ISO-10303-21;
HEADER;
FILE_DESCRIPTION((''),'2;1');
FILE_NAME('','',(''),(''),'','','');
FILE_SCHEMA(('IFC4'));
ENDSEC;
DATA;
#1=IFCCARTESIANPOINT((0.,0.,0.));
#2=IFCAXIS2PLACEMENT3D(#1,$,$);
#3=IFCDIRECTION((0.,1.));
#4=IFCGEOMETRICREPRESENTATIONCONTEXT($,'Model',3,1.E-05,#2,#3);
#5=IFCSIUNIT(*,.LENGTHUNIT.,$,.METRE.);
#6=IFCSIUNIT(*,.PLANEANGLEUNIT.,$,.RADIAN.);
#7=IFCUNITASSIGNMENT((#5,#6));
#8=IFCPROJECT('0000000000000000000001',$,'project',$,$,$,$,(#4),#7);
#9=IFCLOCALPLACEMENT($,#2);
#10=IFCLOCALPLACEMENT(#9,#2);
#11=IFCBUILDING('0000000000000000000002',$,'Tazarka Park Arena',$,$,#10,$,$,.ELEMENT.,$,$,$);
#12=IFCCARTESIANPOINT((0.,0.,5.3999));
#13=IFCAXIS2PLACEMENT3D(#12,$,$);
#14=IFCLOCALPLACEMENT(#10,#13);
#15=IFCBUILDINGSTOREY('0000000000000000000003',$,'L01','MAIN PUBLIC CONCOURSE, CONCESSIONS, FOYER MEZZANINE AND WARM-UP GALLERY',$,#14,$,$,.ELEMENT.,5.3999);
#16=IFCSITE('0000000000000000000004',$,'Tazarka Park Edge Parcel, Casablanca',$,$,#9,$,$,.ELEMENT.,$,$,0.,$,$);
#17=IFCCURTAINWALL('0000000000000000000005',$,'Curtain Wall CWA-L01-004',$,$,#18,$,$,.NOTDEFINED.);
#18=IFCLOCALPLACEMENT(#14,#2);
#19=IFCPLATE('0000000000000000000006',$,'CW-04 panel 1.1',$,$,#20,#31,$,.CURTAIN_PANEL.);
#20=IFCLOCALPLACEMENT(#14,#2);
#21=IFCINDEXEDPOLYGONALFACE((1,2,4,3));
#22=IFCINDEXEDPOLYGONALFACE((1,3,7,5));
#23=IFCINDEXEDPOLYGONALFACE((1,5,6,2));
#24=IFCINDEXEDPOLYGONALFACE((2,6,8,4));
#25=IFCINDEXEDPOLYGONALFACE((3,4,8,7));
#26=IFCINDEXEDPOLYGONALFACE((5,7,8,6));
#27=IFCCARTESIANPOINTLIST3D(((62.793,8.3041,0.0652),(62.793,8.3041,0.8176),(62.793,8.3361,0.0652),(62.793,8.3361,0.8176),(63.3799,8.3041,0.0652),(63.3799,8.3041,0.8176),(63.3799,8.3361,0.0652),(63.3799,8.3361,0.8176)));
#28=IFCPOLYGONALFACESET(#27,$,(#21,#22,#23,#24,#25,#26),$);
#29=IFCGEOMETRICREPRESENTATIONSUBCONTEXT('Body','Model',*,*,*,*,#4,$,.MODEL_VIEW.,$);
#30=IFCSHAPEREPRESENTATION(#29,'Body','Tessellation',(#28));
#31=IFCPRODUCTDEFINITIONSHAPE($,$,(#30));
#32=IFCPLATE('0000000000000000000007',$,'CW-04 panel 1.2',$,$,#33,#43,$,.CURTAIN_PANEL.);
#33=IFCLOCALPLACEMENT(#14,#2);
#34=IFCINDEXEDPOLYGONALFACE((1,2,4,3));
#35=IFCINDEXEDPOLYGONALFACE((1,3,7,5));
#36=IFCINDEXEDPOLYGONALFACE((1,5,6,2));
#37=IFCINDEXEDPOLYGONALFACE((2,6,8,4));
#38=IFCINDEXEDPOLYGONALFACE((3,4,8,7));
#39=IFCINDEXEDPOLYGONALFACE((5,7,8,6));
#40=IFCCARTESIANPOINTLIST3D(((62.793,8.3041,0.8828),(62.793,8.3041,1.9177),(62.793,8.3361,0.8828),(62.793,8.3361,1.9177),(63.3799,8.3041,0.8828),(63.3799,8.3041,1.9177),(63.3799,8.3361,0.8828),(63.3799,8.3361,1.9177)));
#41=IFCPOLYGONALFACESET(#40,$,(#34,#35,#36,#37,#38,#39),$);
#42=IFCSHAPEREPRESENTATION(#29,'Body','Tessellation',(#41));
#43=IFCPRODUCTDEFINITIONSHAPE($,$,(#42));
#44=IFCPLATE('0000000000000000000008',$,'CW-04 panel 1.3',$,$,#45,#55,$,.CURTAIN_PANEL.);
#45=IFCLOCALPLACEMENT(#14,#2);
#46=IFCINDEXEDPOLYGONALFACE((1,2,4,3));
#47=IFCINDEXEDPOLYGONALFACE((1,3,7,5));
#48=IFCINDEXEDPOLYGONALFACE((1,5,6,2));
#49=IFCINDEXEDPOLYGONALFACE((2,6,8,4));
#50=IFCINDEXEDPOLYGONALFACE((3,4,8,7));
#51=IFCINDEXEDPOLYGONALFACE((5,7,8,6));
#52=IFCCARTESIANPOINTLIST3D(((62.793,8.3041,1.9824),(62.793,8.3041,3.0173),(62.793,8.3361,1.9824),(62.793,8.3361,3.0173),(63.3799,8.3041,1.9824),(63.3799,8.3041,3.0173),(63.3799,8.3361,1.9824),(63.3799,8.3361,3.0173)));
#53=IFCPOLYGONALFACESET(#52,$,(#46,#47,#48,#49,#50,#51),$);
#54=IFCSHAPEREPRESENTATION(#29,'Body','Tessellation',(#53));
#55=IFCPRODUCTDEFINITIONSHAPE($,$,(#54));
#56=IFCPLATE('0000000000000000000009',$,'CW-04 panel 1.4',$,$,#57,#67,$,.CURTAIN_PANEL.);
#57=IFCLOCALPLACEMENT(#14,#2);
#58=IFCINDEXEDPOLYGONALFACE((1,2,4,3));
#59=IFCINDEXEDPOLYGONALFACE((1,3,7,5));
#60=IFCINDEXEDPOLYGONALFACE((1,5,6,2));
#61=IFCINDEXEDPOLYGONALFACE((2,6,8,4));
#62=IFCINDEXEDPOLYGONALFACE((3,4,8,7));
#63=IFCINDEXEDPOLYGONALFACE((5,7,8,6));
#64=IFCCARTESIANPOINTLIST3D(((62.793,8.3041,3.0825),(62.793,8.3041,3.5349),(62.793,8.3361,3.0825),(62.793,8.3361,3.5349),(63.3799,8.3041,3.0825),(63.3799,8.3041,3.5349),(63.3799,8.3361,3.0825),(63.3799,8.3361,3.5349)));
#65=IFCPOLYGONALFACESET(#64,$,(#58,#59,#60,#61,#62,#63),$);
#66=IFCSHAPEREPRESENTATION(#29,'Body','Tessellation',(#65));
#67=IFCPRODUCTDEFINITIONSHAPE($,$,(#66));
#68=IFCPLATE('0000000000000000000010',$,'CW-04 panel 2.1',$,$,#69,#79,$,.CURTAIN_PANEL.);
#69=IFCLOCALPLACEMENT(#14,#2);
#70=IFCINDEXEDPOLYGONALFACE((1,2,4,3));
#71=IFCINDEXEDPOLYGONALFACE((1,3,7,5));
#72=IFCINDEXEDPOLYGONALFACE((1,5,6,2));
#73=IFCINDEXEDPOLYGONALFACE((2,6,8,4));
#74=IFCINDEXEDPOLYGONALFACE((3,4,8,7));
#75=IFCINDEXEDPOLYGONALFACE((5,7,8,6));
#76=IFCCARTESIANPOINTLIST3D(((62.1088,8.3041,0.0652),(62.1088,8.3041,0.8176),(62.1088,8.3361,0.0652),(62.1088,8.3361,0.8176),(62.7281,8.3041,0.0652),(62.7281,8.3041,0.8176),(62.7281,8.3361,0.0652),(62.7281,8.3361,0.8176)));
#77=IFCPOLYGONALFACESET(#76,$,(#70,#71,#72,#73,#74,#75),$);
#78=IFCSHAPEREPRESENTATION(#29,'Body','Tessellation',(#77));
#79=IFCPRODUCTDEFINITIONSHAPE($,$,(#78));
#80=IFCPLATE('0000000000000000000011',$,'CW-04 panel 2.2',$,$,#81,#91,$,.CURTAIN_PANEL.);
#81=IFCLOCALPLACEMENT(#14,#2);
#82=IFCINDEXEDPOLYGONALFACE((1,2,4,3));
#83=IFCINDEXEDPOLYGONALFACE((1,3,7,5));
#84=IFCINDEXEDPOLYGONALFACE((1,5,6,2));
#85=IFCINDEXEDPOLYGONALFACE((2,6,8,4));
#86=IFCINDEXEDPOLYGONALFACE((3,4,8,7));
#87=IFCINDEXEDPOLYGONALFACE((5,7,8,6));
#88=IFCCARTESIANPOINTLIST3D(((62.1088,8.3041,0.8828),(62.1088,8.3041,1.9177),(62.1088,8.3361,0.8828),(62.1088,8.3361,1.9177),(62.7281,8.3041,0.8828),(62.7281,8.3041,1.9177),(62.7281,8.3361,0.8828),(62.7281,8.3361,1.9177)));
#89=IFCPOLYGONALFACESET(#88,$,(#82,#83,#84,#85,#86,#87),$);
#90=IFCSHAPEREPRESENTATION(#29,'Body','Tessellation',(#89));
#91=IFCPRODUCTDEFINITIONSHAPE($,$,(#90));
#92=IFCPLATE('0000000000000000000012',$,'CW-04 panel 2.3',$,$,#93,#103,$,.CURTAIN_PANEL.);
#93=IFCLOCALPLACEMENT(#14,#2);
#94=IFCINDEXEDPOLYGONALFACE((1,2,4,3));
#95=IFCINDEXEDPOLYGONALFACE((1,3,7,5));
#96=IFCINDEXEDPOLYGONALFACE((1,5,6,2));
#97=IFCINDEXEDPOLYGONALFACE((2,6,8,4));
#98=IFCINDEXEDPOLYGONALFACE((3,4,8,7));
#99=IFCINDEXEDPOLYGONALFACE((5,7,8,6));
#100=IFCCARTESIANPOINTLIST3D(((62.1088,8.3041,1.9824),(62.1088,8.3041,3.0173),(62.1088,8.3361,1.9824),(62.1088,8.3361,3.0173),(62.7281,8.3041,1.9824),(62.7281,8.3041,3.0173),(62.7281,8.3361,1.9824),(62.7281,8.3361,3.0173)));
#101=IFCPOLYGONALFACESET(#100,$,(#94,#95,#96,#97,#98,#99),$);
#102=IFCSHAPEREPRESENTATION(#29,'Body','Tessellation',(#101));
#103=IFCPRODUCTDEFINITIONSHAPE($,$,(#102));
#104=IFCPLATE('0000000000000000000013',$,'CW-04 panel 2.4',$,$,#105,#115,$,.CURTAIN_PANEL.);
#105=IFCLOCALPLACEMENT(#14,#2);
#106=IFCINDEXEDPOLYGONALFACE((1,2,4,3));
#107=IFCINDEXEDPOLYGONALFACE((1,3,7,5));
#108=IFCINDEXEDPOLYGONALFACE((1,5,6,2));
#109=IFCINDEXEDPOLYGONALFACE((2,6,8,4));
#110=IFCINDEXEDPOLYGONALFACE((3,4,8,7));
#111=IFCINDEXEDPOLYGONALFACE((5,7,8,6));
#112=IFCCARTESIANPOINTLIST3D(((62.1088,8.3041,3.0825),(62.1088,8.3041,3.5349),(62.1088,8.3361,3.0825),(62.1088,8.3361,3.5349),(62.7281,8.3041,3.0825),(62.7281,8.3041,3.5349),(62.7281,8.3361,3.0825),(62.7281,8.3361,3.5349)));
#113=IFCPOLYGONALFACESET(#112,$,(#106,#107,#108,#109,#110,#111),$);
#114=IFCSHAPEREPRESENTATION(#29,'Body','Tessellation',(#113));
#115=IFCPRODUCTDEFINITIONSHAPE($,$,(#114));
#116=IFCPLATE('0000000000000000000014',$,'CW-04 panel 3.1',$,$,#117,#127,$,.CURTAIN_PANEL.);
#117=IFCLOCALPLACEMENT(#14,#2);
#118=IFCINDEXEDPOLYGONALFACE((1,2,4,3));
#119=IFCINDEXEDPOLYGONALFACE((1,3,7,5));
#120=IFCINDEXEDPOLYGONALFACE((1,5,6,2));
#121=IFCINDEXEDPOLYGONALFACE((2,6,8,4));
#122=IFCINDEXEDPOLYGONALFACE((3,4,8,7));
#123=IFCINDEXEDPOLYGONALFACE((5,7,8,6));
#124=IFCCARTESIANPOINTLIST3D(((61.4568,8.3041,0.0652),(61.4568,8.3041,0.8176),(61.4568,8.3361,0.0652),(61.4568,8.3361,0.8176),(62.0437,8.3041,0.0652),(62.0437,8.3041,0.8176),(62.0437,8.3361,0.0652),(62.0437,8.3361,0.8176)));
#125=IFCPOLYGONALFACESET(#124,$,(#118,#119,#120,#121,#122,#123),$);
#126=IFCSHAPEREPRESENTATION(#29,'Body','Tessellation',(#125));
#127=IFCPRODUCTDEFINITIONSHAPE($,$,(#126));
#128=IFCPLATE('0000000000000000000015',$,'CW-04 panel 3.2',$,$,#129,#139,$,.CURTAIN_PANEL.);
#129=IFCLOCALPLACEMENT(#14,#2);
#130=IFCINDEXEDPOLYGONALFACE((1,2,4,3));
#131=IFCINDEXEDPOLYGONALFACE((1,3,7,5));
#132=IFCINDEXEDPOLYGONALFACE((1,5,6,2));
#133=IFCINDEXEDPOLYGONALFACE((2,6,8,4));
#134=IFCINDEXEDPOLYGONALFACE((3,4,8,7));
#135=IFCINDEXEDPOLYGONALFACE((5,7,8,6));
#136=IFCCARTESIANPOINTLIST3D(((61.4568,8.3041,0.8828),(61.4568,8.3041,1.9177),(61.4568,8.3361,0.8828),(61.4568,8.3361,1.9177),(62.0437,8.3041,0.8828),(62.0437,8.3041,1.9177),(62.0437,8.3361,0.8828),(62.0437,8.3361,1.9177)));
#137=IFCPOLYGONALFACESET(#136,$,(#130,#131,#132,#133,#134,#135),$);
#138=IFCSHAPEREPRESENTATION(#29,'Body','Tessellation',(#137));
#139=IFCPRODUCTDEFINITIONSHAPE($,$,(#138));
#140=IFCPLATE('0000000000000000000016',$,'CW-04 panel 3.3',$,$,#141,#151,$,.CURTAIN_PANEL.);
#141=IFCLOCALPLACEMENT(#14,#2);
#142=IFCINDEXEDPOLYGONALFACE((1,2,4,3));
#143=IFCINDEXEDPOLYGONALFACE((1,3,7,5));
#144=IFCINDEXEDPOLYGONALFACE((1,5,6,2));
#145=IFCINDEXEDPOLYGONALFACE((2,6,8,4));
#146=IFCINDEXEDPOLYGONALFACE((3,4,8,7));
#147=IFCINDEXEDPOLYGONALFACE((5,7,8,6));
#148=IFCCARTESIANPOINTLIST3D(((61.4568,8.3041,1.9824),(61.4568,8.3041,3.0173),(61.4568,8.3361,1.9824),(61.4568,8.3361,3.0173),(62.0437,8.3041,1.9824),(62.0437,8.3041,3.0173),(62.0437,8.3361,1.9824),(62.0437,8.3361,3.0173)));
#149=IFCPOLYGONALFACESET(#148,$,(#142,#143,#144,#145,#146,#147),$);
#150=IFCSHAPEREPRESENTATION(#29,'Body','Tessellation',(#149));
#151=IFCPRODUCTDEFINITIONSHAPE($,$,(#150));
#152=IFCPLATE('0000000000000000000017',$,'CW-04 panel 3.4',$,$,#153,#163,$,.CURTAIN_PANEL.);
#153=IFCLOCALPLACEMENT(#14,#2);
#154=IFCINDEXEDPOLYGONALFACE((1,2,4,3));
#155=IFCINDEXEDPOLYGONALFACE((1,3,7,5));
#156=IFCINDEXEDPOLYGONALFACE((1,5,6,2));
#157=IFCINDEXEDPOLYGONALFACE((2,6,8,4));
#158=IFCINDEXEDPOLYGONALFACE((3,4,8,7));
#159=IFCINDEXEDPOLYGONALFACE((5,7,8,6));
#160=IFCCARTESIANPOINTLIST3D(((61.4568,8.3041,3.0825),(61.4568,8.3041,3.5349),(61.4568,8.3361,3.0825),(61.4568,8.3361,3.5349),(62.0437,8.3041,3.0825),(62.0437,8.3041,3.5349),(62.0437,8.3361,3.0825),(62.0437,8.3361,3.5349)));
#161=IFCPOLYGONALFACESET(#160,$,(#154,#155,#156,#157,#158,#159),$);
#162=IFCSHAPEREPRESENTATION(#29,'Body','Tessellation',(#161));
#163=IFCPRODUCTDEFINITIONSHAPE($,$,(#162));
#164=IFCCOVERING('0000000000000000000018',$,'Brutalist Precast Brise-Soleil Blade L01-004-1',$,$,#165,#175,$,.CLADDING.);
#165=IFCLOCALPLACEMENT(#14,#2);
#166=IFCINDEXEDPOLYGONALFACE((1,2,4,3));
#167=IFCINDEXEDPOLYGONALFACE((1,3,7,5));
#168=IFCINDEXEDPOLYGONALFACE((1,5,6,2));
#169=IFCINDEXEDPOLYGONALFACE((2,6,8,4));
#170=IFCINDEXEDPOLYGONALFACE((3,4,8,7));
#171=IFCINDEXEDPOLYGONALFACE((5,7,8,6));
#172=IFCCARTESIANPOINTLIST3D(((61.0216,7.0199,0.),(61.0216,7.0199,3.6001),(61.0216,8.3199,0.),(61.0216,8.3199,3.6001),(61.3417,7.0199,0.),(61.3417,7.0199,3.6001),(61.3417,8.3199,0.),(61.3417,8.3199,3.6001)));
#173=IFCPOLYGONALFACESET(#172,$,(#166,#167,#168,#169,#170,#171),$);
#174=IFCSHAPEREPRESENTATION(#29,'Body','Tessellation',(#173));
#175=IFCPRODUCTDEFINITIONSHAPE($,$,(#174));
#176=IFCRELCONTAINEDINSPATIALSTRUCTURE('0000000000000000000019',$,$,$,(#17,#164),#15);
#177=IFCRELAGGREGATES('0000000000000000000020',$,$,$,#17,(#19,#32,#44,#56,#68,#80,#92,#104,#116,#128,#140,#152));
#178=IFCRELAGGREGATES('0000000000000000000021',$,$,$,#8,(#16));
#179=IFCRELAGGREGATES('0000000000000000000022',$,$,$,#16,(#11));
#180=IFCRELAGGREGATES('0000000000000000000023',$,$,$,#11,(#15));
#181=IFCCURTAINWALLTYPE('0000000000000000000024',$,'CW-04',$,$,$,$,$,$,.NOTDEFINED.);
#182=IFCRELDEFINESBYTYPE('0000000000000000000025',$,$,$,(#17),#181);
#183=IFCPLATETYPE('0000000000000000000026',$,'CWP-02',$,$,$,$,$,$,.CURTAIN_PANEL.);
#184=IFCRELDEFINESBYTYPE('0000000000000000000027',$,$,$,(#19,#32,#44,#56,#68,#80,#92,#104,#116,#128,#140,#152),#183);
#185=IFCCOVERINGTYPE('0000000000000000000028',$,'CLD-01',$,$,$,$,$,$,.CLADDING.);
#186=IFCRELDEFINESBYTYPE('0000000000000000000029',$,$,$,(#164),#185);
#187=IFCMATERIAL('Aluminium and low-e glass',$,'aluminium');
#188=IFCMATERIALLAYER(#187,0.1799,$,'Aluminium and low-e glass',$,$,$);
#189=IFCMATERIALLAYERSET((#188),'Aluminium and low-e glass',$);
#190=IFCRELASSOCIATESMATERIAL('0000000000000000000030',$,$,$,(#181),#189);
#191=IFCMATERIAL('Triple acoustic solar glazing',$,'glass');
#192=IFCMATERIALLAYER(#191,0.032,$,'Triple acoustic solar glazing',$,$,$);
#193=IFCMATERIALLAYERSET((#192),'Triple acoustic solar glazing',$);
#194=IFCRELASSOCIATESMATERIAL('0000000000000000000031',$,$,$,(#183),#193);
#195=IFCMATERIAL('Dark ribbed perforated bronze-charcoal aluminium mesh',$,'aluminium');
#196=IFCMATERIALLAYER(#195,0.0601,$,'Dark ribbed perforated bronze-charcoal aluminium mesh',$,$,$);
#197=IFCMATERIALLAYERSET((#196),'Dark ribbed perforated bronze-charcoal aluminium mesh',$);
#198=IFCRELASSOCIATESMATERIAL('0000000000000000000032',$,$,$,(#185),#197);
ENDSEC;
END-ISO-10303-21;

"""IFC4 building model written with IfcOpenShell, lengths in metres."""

from ifc_helpers import new_model, si_unit, direction, frame, origin, origin_2d, place, context, subcontext, project, spatial, rectangle, extrude, material, layer, layer_set, type_object, element, aggregate, save


model = new_model("IFC4")

# Units and contexts
model_context = context("Model", 3, precision=1e-05, world=origin(), true_north=direction((0.0, 1.0)))
body_context = subcontext(model_context, "Body", "Model", "MODEL_VIEW")
ifc_project = project(units=[si_unit("LENGTHUNIT", "METRE"), si_unit("PLANEANGLEUNIT", "RADIAN")], contexts=[model_context])

# Site, building, storey
site_placement = place(None, origin())
site = spatial("IfcSite", under=ifc_project, at=site_placement, Name="Tazarka Park Edge Parcel, Casablanca", CompositionType="ELEMENT", RefElevation=0.0)
building_placement = place(site_placement, origin())
building = spatial("IfcBuilding", under=site, at=building_placement, Name="Tazarka Park Arena", CompositionType="ELEMENT")
storey_placement = place(building_placement, frame((0.0, 0.0, 5.3999)))
storey = spatial("IfcBuildingStorey", under=building, at=storey_placement, Name="L01", Description="MAIN PUBLIC CONCOURSE, CONCESSIONS, FOYER MEZZANINE AND WARM-UP GALLERY", CompositionType="ELEMENT", Elevation=5.3999)

# Curtain wall, plates
ifc_material_1 = material(Name="Aluminium and low-e glass", Category="aluminium")
ifc_layer_1 = layer(ifc_material_1, 0.1799, Name="Aluminium and low-e glass")
ifc_layer_set_1 = layer_set([ifc_layer_1], Name="Aluminium and low-e glass")
curtain_wall_type = type_object("IfcCurtainWallType", Name="CW-04", PredefinedType="NOTDEFINED", material=ifc_layer_set_1)
curtain_wall_placement = place(storey_placement, origin())
curtain_wall = element("IfcCurtainWall", 1, at=curtain_wall_placement, inside=storey, type_object=curtain_wall_type, Name="Curtain Wall CWA-L01-004", PredefinedType="NOTDEFINED")
ifc_material_2 = material(Name="Triple acoustic solar glazing", Category="glass")
ifc_layer_2 = layer(ifc_material_2, 0.032, Name="Triple acoustic solar glazing")
ifc_layer_set_2 = layer_set([ifc_layer_2], Name="Triple acoustic solar glazing")
plate_type = type_object("IfcPlateType", Name="CWP-02", PredefinedType="CURTAIN_PANEL", material=ifc_layer_set_2)
plate_1_placement = place(storey_placement, frame((63.0864, 8.3201, 0.0652), z_axis=(0.0, 0.0, 1.0), x_axis=(-1.0, 0.0, 0.0)))
plate_1 = element("IfcPlate", 2, at=plate_1_placement, type_object=plate_type, Name="CW-04 panel 1.1", PredefinedType="CURTAIN_PANEL", context=body_context, shape_type="SweptSolid", body=[
    extrude(rectangle(XDim=0.5869, YDim=0.032, at=origin_2d()), origin(), (0.0, 0.0, 1.0), 0.7524),
])
plate_2_placement = place(storey_placement, frame((63.0864, 8.3201, 0.8828), z_axis=(0.0, 0.0, 1.0), x_axis=(-1.0, 0.0, 0.0)))
plate_2 = element("IfcPlate", 3, at=plate_2_placement, type_object=plate_type, Name="CW-04 panel 1.2", PredefinedType="CURTAIN_PANEL", context=body_context, shape_type="SweptSolid", body=[
    extrude(rectangle(XDim=0.5869, YDim=0.032, at=origin_2d()), origin(), (0.0, 0.0, 1.0), 1.0349),
])
plate_3_placement = place(storey_placement, frame((63.0864, 8.3201, 1.9824), z_axis=(0.0, 0.0, 1.0), x_axis=(-1.0, 0.0, 0.0)))
plate_3 = element("IfcPlate", 4, at=plate_3_placement, type_object=plate_type, Name="CW-04 panel 1.3", PredefinedType="CURTAIN_PANEL", context=body_context, shape_type="SweptSolid", body=[
    extrude(rectangle(XDim=0.5869, YDim=0.032, at=origin_2d()), origin(), (0.0, 0.0, 1.0), 1.0349),
])
plate_4_placement = place(storey_placement, frame((63.0864, 8.3201, 3.0825), z_axis=(0.0, 0.0, 1.0), x_axis=(-1.0, 0.0, 0.0)))
plate_4 = element("IfcPlate", 5, at=plate_4_placement, type_object=plate_type, Name="CW-04 panel 1.4", PredefinedType="CURTAIN_PANEL", context=body_context, shape_type="SweptSolid", body=[
    extrude(rectangle(XDim=0.5869, YDim=0.032, at=origin_2d()), origin(), (0.0, 0.0, 1.0), 0.4524),
])
plate_5_placement = place(storey_placement, frame((62.4185, 8.3201, 0.0652), z_axis=(0.0, 0.0, 1.0), x_axis=(-1.0, 0.0, 0.0)))
plate_5 = element("IfcPlate", 6, at=plate_5_placement, type_object=plate_type, Name="CW-04 panel 2.1", PredefinedType="CURTAIN_PANEL", context=body_context, shape_type="SweptSolid", body=[
    extrude(rectangle(XDim=0.6194, YDim=0.032, at=origin_2d()), origin(), (0.0, 0.0, 1.0), 0.7524),
])
plate_6_placement = place(storey_placement, frame((62.4185, 8.3201, 0.8828), z_axis=(0.0, 0.0, 1.0), x_axis=(-1.0, 0.0, 0.0)))
plate_6 = element("IfcPlate", 7, at=plate_6_placement, type_object=plate_type, Name="CW-04 panel 2.2", PredefinedType="CURTAIN_PANEL", context=body_context, shape_type="SweptSolid", body=[
    extrude(rectangle(XDim=0.6194, YDim=0.032, at=origin_2d()), origin(), (0.0, 0.0, 1.0), 1.0349),
])
plate_7_placement = place(storey_placement, frame((62.4185, 8.3201, 1.9824), z_axis=(0.0, 0.0, 1.0), x_axis=(-1.0, 0.0, 0.0)))
plate_7 = element("IfcPlate", 8, at=plate_7_placement, type_object=plate_type, Name="CW-04 panel 2.3", PredefinedType="CURTAIN_PANEL", context=body_context, shape_type="SweptSolid", body=[
    extrude(rectangle(XDim=0.6194, YDim=0.032, at=origin_2d()), origin(), (0.0, 0.0, 1.0), 1.0349),
])
plate_8_placement = place(storey_placement, frame((62.4185, 8.3201, 3.0825), z_axis=(0.0, 0.0, 1.0), x_axis=(-1.0, 0.0, 0.0)))
plate_8 = element("IfcPlate", 9, at=plate_8_placement, type_object=plate_type, Name="CW-04 panel 2.4", PredefinedType="CURTAIN_PANEL", context=body_context, shape_type="SweptSolid", body=[
    extrude(rectangle(XDim=0.6194, YDim=0.032, at=origin_2d()), origin(), (0.0, 0.0, 1.0), 0.4524),
])
plate_9_placement = place(storey_placement, frame((61.7502, 8.3201, 0.0652), z_axis=(0.0, 0.0, 1.0), x_axis=(-1.0, 0.0, 0.0)))
plate_9 = element("IfcPlate", 10, at=plate_9_placement, type_object=plate_type, Name="CW-04 panel 3.1", PredefinedType="CURTAIN_PANEL", context=body_context, shape_type="SweptSolid", body=[
    extrude(rectangle(XDim=0.5869, YDim=0.032, at=origin_2d()), origin(), (0.0, 0.0, 1.0), 0.7524),
])
plate_10_placement = place(storey_placement, frame((61.7502, 8.3201, 0.8828), z_axis=(0.0, 0.0, 1.0), x_axis=(-1.0, 0.0, 0.0)))
plate_10 = element("IfcPlate", 11, at=plate_10_placement, type_object=plate_type, Name="CW-04 panel 3.2", PredefinedType="CURTAIN_PANEL", context=body_context, shape_type="SweptSolid", body=[
    extrude(rectangle(XDim=0.5869, YDim=0.032, at=origin_2d()), origin(), (0.0, 0.0, 1.0), 1.0349),
])
plate_11_placement = place(storey_placement, frame((61.7502, 8.3201, 1.9824), z_axis=(0.0, 0.0, 1.0), x_axis=(-1.0, 0.0, 0.0)))
plate_11 = element("IfcPlate", 12, at=plate_11_placement, type_object=plate_type, Name="CW-04 panel 3.3", PredefinedType="CURTAIN_PANEL", context=body_context, shape_type="SweptSolid", body=[
    extrude(rectangle(XDim=0.5869, YDim=0.032, at=origin_2d()), origin(), (0.0, 0.0, 1.0), 1.0349),
])
plate_12_placement = place(storey_placement, frame((61.7502, 8.3201, 3.0825), z_axis=(0.0, 0.0, 1.0), x_axis=(-1.0, 0.0, 0.0)))
plate_12 = element("IfcPlate", 13, at=plate_12_placement, type_object=plate_type, Name="CW-04 panel 3.4", PredefinedType="CURTAIN_PANEL", context=body_context, shape_type="SweptSolid", body=[
    extrude(rectangle(XDim=0.5869, YDim=0.032, at=origin_2d()), origin(), (0.0, 0.0, 1.0), 0.4524),
])
aggregate(curtain_wall, [plate_1, plate_2, plate_3, plate_4, plate_5, plate_6, plate_7, plate_8, plate_9, plate_10, plate_11, plate_12])

# Covering
ifc_material_3 = material(Name="Dark ribbed perforated bronze-charcoal aluminium mesh", Category="aluminium")
ifc_layer_3 = layer(ifc_material_3, 0.0601, Name="Dark ribbed perforated bronze-charcoal aluminium mesh")
ifc_layer_set_3 = layer_set([ifc_layer_3], Name="Dark ribbed perforated bronze-charcoal aluminium mesh")
covering_type = type_object("IfcCoveringType", Name="CLD-01", PredefinedType="CLADDING", material=ifc_layer_set_3)
covering_placement = place(storey_placement, frame((61.1816, 7.6699, 0.0), z_axis=(0.0, 0.0, 1.0), x_axis=(-1.0, 0.0, 0.0)))
element("IfcCovering", 14, at=covering_placement, inside=storey, type_object=covering_type, Name="Brutalist Precast Brise-Soleil Blade L01-004-1", PredefinedType="CLADDING", context=body_context, shape_type="SweptSolid", body=[
    extrude(rectangle(XDim=0.3201, YDim=1.3, at=origin_2d()), origin(), (0.0, 0.0, 1.0), 3.6001),
])

save(model, "model.ifc")
